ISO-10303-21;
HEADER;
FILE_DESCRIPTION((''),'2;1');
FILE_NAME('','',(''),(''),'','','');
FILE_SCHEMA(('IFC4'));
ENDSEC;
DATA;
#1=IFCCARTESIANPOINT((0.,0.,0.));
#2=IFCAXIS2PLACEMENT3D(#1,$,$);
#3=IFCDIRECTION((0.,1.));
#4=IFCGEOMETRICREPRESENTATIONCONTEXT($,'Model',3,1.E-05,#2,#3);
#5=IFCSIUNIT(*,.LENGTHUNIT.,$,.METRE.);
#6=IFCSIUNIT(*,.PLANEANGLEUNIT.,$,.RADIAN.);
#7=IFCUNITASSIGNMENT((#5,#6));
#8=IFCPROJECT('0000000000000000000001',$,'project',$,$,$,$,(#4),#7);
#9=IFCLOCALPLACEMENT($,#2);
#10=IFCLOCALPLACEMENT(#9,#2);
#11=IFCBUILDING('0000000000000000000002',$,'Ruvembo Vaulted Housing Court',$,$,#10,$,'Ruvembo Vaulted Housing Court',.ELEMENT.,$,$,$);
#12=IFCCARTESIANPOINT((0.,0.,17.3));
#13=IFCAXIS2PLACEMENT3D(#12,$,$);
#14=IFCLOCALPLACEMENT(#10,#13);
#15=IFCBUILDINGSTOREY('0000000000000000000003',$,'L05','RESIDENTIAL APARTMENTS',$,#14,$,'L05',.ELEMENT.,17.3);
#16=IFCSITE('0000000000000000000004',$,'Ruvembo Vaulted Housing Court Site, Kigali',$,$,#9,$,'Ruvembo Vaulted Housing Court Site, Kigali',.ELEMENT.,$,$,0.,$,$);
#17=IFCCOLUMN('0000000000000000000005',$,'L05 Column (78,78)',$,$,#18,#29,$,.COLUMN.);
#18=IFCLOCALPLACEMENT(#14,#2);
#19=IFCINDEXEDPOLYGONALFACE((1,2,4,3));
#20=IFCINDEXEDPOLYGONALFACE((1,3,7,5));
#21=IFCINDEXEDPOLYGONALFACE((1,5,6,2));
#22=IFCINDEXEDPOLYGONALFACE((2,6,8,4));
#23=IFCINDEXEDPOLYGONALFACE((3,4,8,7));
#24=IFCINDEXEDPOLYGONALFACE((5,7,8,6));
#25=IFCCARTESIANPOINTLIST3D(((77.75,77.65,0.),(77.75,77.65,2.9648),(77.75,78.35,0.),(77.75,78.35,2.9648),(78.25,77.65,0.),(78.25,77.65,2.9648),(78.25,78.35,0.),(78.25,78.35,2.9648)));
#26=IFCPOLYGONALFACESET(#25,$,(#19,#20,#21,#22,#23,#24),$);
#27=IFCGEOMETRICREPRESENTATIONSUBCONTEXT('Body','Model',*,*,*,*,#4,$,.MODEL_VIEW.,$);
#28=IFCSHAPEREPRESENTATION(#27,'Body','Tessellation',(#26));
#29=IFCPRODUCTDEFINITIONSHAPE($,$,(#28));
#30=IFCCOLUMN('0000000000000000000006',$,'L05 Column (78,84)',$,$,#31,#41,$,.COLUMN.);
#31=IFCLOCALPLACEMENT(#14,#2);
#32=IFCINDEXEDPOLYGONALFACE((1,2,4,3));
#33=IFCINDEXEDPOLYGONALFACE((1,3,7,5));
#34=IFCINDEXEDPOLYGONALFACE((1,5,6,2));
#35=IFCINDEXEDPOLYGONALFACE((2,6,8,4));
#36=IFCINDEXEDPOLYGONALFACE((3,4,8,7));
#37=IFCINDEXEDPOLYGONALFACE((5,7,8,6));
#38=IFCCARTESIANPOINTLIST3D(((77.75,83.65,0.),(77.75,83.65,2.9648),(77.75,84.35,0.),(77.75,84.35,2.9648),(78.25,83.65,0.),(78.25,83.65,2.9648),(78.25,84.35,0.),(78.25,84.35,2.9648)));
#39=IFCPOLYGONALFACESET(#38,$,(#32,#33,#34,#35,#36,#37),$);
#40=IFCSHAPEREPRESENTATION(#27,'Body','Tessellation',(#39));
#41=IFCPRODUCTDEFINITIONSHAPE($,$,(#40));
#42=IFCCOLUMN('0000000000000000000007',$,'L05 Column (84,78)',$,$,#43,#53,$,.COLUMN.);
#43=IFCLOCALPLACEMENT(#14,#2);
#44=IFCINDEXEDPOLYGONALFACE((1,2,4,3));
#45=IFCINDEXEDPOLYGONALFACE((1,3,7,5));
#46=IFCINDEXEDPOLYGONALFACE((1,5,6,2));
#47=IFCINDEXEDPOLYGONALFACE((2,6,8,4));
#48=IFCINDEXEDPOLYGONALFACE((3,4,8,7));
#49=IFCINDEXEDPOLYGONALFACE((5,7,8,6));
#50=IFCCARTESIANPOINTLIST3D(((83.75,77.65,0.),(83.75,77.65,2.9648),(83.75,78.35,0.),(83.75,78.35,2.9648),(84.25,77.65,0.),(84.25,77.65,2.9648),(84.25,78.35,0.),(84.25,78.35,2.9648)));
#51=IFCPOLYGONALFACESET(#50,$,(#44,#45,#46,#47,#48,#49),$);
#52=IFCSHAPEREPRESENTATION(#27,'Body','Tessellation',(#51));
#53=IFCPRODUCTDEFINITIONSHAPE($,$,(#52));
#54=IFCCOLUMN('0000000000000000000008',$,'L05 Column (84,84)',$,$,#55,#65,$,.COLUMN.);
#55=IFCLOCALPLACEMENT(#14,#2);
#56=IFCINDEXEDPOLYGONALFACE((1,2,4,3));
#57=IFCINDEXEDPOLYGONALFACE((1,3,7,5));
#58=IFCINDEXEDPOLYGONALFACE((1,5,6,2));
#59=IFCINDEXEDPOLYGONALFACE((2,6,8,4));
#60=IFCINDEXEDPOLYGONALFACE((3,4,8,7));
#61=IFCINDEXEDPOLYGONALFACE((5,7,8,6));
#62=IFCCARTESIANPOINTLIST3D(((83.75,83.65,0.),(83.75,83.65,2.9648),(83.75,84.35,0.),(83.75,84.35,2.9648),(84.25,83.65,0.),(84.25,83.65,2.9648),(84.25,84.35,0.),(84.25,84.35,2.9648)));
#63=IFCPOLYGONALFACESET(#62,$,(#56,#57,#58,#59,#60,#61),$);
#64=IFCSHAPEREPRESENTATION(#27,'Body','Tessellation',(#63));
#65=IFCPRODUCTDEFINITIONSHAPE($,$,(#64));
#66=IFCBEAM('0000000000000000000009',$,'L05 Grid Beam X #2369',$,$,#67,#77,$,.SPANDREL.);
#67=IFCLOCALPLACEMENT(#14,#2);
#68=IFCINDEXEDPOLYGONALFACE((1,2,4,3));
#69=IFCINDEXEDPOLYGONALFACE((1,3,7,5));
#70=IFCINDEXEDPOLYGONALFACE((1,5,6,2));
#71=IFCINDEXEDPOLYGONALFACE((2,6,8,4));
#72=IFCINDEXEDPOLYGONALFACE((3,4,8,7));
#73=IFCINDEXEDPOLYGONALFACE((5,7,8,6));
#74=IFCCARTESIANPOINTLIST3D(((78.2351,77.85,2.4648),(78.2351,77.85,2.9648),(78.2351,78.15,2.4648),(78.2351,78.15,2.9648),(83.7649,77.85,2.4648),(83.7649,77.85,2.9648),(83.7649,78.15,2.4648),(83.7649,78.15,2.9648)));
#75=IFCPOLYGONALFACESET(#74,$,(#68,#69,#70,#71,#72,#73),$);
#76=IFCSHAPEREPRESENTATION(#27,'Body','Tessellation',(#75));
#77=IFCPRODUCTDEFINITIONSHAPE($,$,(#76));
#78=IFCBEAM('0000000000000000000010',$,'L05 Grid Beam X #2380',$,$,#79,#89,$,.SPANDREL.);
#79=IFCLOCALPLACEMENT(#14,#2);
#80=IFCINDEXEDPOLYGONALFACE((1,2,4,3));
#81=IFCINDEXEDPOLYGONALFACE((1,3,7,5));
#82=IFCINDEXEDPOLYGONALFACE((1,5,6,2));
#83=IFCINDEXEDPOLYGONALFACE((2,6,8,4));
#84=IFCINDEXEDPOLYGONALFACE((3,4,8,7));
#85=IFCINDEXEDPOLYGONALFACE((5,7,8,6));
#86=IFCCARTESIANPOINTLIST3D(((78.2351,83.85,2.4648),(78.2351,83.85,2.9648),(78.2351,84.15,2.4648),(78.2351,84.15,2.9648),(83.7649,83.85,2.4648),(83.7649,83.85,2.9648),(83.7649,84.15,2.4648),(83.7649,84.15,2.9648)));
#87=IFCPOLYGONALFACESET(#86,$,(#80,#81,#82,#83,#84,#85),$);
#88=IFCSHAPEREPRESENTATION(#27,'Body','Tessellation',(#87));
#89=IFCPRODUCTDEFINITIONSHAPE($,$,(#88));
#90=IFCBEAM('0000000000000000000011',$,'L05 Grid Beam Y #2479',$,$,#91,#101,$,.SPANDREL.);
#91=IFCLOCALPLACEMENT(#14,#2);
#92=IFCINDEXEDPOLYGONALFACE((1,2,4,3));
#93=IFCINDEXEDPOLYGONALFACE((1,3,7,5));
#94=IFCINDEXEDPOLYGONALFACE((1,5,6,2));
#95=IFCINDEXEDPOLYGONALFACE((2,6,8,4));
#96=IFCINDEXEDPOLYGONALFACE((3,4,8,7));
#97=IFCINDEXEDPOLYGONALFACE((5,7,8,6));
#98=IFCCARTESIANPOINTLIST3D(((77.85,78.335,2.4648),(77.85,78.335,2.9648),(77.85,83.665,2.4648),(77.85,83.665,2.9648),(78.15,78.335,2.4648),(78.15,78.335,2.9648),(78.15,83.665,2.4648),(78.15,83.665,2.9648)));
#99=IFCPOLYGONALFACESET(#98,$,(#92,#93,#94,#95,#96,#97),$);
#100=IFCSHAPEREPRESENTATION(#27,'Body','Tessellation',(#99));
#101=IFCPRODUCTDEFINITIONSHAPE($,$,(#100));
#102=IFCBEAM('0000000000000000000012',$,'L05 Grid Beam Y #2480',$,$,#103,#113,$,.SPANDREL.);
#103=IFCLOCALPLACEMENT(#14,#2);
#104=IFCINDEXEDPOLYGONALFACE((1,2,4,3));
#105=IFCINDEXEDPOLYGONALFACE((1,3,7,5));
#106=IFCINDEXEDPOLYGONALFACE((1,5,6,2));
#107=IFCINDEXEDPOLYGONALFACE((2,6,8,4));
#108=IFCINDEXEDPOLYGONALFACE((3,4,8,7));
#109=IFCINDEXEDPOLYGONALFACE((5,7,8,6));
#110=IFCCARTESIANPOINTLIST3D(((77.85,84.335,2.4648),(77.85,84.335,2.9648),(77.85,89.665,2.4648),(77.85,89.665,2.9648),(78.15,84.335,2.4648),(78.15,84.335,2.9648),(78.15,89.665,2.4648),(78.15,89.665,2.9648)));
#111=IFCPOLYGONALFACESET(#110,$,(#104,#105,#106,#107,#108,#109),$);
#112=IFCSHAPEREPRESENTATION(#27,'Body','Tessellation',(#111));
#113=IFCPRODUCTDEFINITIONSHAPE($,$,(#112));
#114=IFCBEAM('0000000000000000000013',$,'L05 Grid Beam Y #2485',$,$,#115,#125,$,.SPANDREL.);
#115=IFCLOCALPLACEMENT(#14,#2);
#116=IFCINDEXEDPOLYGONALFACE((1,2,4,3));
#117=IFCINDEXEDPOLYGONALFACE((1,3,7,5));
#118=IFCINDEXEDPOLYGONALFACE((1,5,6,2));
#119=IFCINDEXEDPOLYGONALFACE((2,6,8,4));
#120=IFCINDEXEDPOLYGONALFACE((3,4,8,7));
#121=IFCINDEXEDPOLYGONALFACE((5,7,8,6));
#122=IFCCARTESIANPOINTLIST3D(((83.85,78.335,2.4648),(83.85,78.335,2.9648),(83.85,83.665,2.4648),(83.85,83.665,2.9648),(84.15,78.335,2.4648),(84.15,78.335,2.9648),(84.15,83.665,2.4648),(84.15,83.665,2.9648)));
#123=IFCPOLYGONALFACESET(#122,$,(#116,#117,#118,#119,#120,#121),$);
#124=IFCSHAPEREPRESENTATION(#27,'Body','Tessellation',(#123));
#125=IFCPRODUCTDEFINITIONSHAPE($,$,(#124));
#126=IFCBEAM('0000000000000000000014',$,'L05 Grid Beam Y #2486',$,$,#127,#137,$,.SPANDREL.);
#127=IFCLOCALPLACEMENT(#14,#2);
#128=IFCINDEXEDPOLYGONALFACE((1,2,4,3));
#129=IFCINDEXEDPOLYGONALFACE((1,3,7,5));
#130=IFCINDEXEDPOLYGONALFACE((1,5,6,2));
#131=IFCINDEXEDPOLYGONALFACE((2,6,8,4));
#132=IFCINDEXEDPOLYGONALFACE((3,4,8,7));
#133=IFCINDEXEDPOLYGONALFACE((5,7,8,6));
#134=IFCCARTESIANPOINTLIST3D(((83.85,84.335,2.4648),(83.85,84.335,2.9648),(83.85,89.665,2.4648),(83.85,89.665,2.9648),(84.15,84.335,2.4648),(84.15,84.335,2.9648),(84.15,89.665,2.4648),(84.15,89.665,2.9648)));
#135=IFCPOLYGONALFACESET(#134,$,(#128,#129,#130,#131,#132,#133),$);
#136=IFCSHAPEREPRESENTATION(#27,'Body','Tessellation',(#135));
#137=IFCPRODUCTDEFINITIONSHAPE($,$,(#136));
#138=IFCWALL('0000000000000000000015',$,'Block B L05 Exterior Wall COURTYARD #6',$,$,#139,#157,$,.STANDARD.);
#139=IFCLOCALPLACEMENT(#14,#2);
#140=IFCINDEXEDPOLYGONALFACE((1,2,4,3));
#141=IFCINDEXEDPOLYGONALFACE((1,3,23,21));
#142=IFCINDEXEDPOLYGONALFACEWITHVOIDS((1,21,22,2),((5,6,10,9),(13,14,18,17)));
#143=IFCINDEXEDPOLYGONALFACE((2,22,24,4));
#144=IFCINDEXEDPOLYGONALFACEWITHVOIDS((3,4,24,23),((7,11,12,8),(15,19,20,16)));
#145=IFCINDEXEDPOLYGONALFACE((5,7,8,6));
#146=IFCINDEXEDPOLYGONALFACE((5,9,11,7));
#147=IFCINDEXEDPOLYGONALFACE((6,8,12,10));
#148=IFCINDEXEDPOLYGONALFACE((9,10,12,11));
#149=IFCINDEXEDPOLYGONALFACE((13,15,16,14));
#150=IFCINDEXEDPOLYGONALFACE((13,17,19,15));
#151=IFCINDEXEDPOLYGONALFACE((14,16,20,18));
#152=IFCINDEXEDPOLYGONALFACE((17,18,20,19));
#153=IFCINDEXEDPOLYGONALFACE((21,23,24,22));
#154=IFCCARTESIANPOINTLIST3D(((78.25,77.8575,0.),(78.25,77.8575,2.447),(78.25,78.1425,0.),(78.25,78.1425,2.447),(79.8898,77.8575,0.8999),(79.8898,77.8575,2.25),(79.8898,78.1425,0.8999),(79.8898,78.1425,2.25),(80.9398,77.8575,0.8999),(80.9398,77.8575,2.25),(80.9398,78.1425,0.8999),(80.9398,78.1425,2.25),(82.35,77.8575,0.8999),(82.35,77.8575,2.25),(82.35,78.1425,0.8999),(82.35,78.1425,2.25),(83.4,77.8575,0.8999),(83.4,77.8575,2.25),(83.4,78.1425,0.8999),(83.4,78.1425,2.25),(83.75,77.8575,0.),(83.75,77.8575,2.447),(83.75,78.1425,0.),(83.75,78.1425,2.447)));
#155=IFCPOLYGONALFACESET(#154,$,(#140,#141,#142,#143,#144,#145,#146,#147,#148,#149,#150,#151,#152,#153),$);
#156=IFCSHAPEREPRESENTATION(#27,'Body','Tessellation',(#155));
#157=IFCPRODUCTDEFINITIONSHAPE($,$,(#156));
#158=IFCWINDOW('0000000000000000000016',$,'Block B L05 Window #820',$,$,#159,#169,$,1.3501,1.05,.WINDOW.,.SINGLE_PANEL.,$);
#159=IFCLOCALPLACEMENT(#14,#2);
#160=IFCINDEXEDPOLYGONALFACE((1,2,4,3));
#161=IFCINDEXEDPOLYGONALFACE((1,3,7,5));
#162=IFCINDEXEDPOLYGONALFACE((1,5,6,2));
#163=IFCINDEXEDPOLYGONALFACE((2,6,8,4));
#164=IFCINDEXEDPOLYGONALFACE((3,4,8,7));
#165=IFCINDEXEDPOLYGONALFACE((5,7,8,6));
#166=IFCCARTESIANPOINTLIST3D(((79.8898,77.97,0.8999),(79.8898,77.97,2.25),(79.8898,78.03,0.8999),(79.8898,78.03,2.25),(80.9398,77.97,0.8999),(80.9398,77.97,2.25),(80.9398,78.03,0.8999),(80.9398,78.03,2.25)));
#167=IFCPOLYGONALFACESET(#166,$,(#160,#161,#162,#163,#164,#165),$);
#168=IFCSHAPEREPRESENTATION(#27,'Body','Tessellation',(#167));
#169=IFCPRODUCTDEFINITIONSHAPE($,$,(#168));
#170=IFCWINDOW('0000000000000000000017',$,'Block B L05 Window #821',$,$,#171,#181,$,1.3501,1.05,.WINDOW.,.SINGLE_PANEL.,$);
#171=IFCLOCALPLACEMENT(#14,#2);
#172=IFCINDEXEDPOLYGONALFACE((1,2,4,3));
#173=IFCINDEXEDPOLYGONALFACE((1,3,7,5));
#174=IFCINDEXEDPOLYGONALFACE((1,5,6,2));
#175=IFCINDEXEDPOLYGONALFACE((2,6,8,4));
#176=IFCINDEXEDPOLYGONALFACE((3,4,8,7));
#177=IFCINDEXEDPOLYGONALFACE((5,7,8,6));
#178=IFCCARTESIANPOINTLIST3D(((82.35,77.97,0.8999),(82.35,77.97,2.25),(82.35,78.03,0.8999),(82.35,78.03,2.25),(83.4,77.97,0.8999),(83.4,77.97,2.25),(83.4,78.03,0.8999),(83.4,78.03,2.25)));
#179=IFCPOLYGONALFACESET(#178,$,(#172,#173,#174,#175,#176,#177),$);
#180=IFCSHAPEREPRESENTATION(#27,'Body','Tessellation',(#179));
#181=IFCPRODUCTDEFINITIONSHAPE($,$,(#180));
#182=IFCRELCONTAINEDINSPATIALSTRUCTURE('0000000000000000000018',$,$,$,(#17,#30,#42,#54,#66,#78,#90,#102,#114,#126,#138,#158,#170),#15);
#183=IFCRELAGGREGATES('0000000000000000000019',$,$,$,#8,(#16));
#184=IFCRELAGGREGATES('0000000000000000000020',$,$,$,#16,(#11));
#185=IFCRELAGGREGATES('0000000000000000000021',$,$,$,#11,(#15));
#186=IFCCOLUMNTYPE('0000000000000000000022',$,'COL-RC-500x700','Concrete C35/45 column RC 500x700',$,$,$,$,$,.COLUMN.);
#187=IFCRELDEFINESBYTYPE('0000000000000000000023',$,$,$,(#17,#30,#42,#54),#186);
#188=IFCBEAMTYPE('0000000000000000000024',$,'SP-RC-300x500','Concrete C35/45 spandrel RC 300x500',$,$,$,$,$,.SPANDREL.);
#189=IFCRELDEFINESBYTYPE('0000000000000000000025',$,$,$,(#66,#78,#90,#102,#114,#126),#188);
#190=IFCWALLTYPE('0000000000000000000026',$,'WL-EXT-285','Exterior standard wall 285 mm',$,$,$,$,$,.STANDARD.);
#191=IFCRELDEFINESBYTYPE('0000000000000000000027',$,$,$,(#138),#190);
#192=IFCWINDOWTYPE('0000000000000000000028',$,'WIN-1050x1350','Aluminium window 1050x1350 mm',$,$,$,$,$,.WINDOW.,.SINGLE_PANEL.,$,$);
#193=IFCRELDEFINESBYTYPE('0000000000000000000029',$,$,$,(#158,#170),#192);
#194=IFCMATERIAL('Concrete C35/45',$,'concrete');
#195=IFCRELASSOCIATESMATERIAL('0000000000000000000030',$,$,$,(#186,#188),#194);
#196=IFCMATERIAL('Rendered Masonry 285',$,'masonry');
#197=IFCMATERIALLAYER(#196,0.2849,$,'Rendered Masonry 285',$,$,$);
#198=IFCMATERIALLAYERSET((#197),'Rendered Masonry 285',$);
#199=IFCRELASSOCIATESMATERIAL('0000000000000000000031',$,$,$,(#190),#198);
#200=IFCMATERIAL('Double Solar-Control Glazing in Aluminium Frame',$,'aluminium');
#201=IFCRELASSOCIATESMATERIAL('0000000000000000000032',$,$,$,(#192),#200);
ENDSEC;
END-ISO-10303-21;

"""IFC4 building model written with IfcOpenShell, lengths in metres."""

from ifc_helpers import new_model, si_unit, direction, frame, frame_2d, origin, origin_2d, place, context, subcontext, project, spatial, rectangle, extrude, material, layer, layer_set, material_profile, profile_set, type_object, element, fill, save


model = new_model("IFC4")

# Units and contexts
model_context = context("Model", 3, precision=1e-05, world=origin(), true_north=direction((0.0, 1.0)))
body_context = subcontext(model_context, "Body", "Model", "MODEL_VIEW")
ifc_project = project(units=[si_unit("LENGTHUNIT", "METRE"), si_unit("PLANEANGLEUNIT", "RADIAN")], contexts=[model_context])

# Site, building, storey
site_placement = place(None, origin())
site = spatial("IfcSite", under=ifc_project, at=site_placement, Name="Ruvembo Vaulted Housing Court Site, Kigali", LongName="Ruvembo Vaulted Housing Court Site, Kigali", CompositionType="ELEMENT", RefElevation=0.0)
building_placement = place(site_placement, origin())
building = spatial("IfcBuilding", under=site, at=building_placement, Name="Ruvembo Vaulted Housing Court", LongName="Ruvembo Vaulted Housing Court", CompositionType="ELEMENT")
storey_placement = place(building_placement, frame((0.0, 0.0, 17.3)))
storey = spatial("IfcBuildingStorey", under=building, at=storey_placement, Name="L05", Description="RESIDENTIAL APARTMENTS", LongName="L05", CompositionType="ELEMENT", Elevation=17.3)

# Columns
ifc_material_1 = material(Name="Concrete C35/45", Category="concrete")
ifc_material_profile_1 = material_profile(ifc_material_1, rectangle(XDim=0.5, YDim=0.7, at=origin_2d()), Name="RC 500x700")
ifc_profile_set_1 = profile_set([ifc_material_profile_1], Name="Concrete C35/45")
column_type = type_object("IfcColumnType", Name="COL-RC-500x700", Description="Concrete C35/45 column RC 500x700", PredefinedType="COLUMN", material=ifc_profile_set_1)
for number, where, z_axis, x_axis, name in (
    (1, (78.0, 78.0, 0.0), (0.0, 0.0, 1.0), (1.0, 0.0, 0.0), "L05 Column (78,78)"),
    (2, (78.0, 84.0, 0.0), (0.0, 0.0, 1.0), (1.0, 0.0, 0.0), "L05 Column (78,84)"),
    (3, (84.0, 78.0, 0.0), (0.0, 0.0, 1.0), (1.0, 0.0, 0.0), "L05 Column (84,78)"),
    (4, (84.0, 84.0, 0.0), (0.0, 0.0, 1.0), (1.0, 0.0, 0.0), "L05 Column (84,84)"),
):
    element("IfcColumn", number, at=place(storey_placement, frame(where, z_axis=z_axis, x_axis=x_axis)), inside=storey, type_object=column_type, Name=name, PredefinedType="COLUMN", context=body_context, shape_type="SweptSolid", body=[
        extrude(rectangle(XDim=0.5, YDim=0.7, at=origin_2d()), origin(), (0.0, 0.0, 1.0), 2.9648),
    ])

# Beams
ifc_material_profile_2 = material_profile(ifc_material_1, rectangle(XDim=0.3, YDim=0.5, at=origin_2d()), Name="RC 300x500")
ifc_profile_set_2 = profile_set([ifc_material_profile_2], Name="Concrete C35/45")
beam_type = type_object("IfcBeamType", Name="SP-RC-300x500", Description="Concrete C35/45 spandrel RC 300x500", PredefinedType="SPANDREL", material=ifc_profile_set_2)
for number, where, z_axis, x_axis, name in (
    (5, (78.2351, 78.0, 2.7148), (1.0, 0.0, 0.0), (0.0, 1.0, 0.0), "L05 Grid Beam X #2369"),
    (6, (78.2351, 84.0, 2.7148), (1.0, 0.0, 0.0), (0.0, 1.0, 0.0), "L05 Grid Beam X #2380"),
):
    element("IfcBeam", number, at=place(storey_placement, frame(where, z_axis=z_axis, x_axis=x_axis)), inside=storey, type_object=beam_type, Name=name, PredefinedType="SPANDREL", context=body_context, shape_type="SweptSolid", body=[
        extrude(rectangle(XDim=0.3, YDim=0.5, at=origin_2d()), origin(), (0.0, 0.0, 1.0), 5.5298),
    ])
for number, where, z_axis, x_axis, name in (
    (7, (78.0, 78.335, 2.7148), (0.0, 1.0, 0.0), (-1.0, 0.0, 0.0), "L05 Grid Beam Y #2479"),
    (8, (78.0, 84.335, 2.7148), (0.0, 1.0, 0.0), (-1.0, 0.0, 0.0), "L05 Grid Beam Y #2480"),
    (9, (84.0, 78.335, 2.7148), (0.0, 1.0, 0.0), (-1.0, 0.0, 0.0), "L05 Grid Beam Y #2485"),
    (10, (84.0, 84.335, 2.7148), (0.0, 1.0, 0.0), (-1.0, 0.0, 0.0), "L05 Grid Beam Y #2486"),
):
    element("IfcBeam", number, at=place(storey_placement, frame(where, z_axis=z_axis, x_axis=x_axis)), inside=storey, type_object=beam_type, Name=name, PredefinedType="SPANDREL", context=body_context, shape_type="SweptSolid", body=[
        extrude(rectangle(XDim=0.3, YDim=0.5, at=origin_2d()), origin(), (0.0, 0.0, 1.0), 5.3301),
    ])

# Wall, openings, windows
ifc_material_2 = material(Name="Rendered Masonry 285", Category="masonry")
ifc_layer_1 = layer(ifc_material_2, 0.2849, Name="Rendered Masonry 285")
ifc_layer_set_1 = layer_set([ifc_layer_1], Name="Rendered Masonry 285")
wall_type_1 = type_object("IfcWallType", Name="WL-EXT-285", Description="Exterior standard wall 285 mm", PredefinedType="STANDARD", material=ifc_layer_set_1)
wall_1_placement = place(storey_placement, frame((78.25, 78.0, 0.0), z_axis=(0.0, 0.0, 1.0), x_axis=(1.0, 0.0, 0.0)))
wall_1 = element("IfcWall", 11, at=wall_1_placement, inside=storey, type_object=wall_type_1, Name="Block B L05 Exterior Wall COURTYARD #6", PredefinedType="STANDARD", context=body_context, shape_type="SweptSolid", body=[
    extrude(rectangle(XDim=5.5, YDim=0.2849, at=frame_2d((2.75, 0.0))), origin(), (0.0, 0.0, 1.0), 2.447),
])
opening_1_placement = place(wall_1_placement, frame((1.6399, 0.0, 0.8999)))
opening_1 = element("IfcOpeningElement", 12, at=opening_1_placement, cuts=wall_1, PredefinedType="OPENING", context=body_context, shape_type="SweptSolid", body=[
    extrude(rectangle(XDim=1.05, YDim=1.3501, at=frame_2d((0.5249, 0.675))), frame((0.0, 0.1523, 0.0), z_axis=(0.0, -1.0, 0.0), x_axis=(1.0, 0.0, 0.0)), (0.0, 0.0, 1.0), 0.3049),
])
opening_2_placement = place(wall_1_placement, frame((4.1001, 0.0, 0.8999)))
opening_2 = element("IfcOpeningElement", 13, at=opening_2_placement, cuts=wall_1, PredefinedType="OPENING", context=body_context, shape_type="SweptSolid", body=[
    extrude(rectangle(XDim=1.05, YDim=1.3501, at=frame_2d((0.5249, 0.675))), frame((0.0, 0.1523, 0.0), z_axis=(0.0, -1.0, 0.0), x_axis=(1.0, 0.0, 0.0)), (0.0, 0.0, 1.0), 0.3049),
])
ifc_material_3 = material(Name="Double Solar-Control Glazing in Aluminium Frame", Category="aluminium")
window_type_1 = type_object("IfcWindowType", Name="WIN-1050x1350", Description="Aluminium window 1050x1350 mm", PartitioningType="SINGLE_PANEL", PredefinedType="WINDOW", material=ifc_material_3)
window_1_placement = place(opening_1_placement, origin())
window_1 = element("IfcWindow", 14, at=window_1_placement, inside=storey, type_object=window_type_1, Name="Block B L05 Window #820", OverallHeight=1.3501, OverallWidth=1.05, PartitioningType="SINGLE_PANEL", PredefinedType="WINDOW", context=body_context, shape_type="SweptSolid", body=[
    extrude(rectangle(XDim=1.05, YDim=1.3501, at=frame_2d((0.5249, 0.675))), frame((0.0, 0.03, 0.0), z_axis=(0.0, -1.0, 0.0), x_axis=(1.0, 0.0, 0.0)), (0.0, 0.0, 1.0), 0.0601),
])
fill(opening_1, window_1)
window_2_placement = place(opening_2_placement, origin())
window_2 = element("IfcWindow", 15, at=window_2_placement, inside=storey, type_object=window_type_1, Name="Block B L05 Window #821", OverallHeight=1.3501, OverallWidth=1.05, PartitioningType="SINGLE_PANEL", PredefinedType="WINDOW", context=body_context, shape_type="SweptSolid", body=[
    extrude(rectangle(XDim=1.05, YDim=1.3501, at=frame_2d((0.5249, 0.675))), frame((0.0, 0.03, 0.0), z_axis=(0.0, -1.0, 0.0), x_axis=(1.0, 0.0, 0.0)), (0.0, 0.0, 1.0), 0.0601),
])
fill(opening_2, window_2)

save(model, "model.ifc")
